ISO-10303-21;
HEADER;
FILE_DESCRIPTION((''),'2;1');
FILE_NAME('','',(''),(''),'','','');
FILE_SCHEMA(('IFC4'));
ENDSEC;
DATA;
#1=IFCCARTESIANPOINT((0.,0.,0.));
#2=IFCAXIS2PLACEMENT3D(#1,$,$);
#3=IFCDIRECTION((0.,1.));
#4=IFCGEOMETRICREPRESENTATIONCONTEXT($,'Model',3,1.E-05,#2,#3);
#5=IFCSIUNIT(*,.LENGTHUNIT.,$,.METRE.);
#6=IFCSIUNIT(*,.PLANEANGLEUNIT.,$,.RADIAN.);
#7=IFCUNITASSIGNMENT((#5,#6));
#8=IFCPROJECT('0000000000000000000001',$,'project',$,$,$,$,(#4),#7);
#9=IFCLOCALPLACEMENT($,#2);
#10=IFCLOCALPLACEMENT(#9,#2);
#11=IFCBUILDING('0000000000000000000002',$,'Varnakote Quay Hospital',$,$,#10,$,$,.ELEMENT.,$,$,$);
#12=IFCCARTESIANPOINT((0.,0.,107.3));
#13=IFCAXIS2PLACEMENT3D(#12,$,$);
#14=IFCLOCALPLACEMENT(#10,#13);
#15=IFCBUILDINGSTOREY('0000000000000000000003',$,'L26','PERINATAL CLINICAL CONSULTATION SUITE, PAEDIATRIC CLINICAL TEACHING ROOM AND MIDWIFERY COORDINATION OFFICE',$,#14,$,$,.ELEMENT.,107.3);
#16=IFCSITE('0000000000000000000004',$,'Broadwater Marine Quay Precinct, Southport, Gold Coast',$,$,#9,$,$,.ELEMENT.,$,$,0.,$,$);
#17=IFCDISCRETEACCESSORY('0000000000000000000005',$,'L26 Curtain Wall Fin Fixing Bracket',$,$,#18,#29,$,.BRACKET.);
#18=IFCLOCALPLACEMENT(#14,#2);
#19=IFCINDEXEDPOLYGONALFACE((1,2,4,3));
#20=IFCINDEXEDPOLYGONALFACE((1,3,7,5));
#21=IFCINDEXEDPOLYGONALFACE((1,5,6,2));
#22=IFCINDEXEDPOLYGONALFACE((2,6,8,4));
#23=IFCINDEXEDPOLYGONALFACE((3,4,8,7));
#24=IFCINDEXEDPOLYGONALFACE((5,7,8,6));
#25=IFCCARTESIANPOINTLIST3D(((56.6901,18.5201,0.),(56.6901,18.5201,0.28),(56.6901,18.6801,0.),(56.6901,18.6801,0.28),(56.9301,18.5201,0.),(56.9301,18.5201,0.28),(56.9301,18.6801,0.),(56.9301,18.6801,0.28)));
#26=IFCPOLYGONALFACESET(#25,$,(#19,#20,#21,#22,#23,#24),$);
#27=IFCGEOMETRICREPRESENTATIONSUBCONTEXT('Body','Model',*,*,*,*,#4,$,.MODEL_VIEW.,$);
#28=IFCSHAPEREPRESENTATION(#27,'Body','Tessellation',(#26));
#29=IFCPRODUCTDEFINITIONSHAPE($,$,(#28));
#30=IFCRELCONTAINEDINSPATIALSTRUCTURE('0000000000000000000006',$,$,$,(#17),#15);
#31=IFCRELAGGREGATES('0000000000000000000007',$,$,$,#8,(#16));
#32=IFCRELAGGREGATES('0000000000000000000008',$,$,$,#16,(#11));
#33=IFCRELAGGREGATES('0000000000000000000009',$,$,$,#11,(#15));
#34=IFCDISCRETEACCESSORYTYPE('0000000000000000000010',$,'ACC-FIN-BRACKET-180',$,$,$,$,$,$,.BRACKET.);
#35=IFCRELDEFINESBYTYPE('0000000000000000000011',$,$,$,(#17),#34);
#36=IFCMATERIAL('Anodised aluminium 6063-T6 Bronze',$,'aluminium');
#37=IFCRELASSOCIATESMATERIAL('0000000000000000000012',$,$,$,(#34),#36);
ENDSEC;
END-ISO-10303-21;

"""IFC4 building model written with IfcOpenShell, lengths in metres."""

from ifc_helpers import new_model, si_unit, direction, frame, origin, origin_2d, place, context, subcontext, project, spatial, rectangle, extrude, material, type_object, element, save


model = new_model("IFC4")

# Units and contexts
model_context = context("Model", 3, precision=1e-05, world=origin(), true_north=direction((0.0, 1.0)))
body_context = subcontext(model_context, "Body", "Model", "MODEL_VIEW")
ifc_project = project(units=[si_unit("LENGTHUNIT", "METRE"), si_unit("PLANEANGLEUNIT", "RADIAN")], contexts=[model_context])

# Site, building, storey
site_placement = place(None, origin())
site = spatial("IfcSite", under=ifc_project, at=site_placement, Name="Broadwater Marine Quay Precinct, Southport, Gold Coast", CompositionType="ELEMENT", RefElevation=0.0)
building_placement = place(site_placement, origin())
building = spatial("IfcBuilding", under=site, at=building_placement, Name="Varnakote Quay Hospital", CompositionType="ELEMENT")
storey_placement = place(building_placement, frame((0.0, 0.0, 107.3)))
storey = spatial("IfcBuildingStorey", under=building, at=storey_placement, Name="L26", Description="PERINATAL CLINICAL CONSULTATION SUITE, PAEDIATRIC CLINICAL TEACHING ROOM AND MIDWIFERY COORDINATION OFFICE", CompositionType="ELEMENT", Elevation=107.3)

# Discrete accessory
ifc_material_1 = material(Name="Anodised aluminium 6063-T6 Bronze", Category="aluminium")
discrete_accessory_type = type_object("IfcDiscreteAccessoryType", Name="ACC-FIN-BRACKET-180", PredefinedType="BRACKET", material=ifc_material_1)
for number, where, z_axis, x_axis, name in (
    (1, (56.8101, 18.6001, 0.0), (0.0, 0.0, 1.0), (0.0, 1.0, 0.0), "L26 Curtain Wall Fin Fixing Bracket"),
):
    element("IfcDiscreteAccessory", number, at=place(storey_placement, frame(where, z_axis=z_axis, x_axis=x_axis)), inside=storey, type_object=discrete_accessory_type, Name=name, PredefinedType="BRACKET", context=body_context, shape_type="SweptSolid", body=[
        extrude(rectangle(XDim=0.1599, YDim=0.24, at=origin_2d()), origin(), (0.0, 0.0, 1.0), 0.28),
    ])

save(model, "model.ifc")
